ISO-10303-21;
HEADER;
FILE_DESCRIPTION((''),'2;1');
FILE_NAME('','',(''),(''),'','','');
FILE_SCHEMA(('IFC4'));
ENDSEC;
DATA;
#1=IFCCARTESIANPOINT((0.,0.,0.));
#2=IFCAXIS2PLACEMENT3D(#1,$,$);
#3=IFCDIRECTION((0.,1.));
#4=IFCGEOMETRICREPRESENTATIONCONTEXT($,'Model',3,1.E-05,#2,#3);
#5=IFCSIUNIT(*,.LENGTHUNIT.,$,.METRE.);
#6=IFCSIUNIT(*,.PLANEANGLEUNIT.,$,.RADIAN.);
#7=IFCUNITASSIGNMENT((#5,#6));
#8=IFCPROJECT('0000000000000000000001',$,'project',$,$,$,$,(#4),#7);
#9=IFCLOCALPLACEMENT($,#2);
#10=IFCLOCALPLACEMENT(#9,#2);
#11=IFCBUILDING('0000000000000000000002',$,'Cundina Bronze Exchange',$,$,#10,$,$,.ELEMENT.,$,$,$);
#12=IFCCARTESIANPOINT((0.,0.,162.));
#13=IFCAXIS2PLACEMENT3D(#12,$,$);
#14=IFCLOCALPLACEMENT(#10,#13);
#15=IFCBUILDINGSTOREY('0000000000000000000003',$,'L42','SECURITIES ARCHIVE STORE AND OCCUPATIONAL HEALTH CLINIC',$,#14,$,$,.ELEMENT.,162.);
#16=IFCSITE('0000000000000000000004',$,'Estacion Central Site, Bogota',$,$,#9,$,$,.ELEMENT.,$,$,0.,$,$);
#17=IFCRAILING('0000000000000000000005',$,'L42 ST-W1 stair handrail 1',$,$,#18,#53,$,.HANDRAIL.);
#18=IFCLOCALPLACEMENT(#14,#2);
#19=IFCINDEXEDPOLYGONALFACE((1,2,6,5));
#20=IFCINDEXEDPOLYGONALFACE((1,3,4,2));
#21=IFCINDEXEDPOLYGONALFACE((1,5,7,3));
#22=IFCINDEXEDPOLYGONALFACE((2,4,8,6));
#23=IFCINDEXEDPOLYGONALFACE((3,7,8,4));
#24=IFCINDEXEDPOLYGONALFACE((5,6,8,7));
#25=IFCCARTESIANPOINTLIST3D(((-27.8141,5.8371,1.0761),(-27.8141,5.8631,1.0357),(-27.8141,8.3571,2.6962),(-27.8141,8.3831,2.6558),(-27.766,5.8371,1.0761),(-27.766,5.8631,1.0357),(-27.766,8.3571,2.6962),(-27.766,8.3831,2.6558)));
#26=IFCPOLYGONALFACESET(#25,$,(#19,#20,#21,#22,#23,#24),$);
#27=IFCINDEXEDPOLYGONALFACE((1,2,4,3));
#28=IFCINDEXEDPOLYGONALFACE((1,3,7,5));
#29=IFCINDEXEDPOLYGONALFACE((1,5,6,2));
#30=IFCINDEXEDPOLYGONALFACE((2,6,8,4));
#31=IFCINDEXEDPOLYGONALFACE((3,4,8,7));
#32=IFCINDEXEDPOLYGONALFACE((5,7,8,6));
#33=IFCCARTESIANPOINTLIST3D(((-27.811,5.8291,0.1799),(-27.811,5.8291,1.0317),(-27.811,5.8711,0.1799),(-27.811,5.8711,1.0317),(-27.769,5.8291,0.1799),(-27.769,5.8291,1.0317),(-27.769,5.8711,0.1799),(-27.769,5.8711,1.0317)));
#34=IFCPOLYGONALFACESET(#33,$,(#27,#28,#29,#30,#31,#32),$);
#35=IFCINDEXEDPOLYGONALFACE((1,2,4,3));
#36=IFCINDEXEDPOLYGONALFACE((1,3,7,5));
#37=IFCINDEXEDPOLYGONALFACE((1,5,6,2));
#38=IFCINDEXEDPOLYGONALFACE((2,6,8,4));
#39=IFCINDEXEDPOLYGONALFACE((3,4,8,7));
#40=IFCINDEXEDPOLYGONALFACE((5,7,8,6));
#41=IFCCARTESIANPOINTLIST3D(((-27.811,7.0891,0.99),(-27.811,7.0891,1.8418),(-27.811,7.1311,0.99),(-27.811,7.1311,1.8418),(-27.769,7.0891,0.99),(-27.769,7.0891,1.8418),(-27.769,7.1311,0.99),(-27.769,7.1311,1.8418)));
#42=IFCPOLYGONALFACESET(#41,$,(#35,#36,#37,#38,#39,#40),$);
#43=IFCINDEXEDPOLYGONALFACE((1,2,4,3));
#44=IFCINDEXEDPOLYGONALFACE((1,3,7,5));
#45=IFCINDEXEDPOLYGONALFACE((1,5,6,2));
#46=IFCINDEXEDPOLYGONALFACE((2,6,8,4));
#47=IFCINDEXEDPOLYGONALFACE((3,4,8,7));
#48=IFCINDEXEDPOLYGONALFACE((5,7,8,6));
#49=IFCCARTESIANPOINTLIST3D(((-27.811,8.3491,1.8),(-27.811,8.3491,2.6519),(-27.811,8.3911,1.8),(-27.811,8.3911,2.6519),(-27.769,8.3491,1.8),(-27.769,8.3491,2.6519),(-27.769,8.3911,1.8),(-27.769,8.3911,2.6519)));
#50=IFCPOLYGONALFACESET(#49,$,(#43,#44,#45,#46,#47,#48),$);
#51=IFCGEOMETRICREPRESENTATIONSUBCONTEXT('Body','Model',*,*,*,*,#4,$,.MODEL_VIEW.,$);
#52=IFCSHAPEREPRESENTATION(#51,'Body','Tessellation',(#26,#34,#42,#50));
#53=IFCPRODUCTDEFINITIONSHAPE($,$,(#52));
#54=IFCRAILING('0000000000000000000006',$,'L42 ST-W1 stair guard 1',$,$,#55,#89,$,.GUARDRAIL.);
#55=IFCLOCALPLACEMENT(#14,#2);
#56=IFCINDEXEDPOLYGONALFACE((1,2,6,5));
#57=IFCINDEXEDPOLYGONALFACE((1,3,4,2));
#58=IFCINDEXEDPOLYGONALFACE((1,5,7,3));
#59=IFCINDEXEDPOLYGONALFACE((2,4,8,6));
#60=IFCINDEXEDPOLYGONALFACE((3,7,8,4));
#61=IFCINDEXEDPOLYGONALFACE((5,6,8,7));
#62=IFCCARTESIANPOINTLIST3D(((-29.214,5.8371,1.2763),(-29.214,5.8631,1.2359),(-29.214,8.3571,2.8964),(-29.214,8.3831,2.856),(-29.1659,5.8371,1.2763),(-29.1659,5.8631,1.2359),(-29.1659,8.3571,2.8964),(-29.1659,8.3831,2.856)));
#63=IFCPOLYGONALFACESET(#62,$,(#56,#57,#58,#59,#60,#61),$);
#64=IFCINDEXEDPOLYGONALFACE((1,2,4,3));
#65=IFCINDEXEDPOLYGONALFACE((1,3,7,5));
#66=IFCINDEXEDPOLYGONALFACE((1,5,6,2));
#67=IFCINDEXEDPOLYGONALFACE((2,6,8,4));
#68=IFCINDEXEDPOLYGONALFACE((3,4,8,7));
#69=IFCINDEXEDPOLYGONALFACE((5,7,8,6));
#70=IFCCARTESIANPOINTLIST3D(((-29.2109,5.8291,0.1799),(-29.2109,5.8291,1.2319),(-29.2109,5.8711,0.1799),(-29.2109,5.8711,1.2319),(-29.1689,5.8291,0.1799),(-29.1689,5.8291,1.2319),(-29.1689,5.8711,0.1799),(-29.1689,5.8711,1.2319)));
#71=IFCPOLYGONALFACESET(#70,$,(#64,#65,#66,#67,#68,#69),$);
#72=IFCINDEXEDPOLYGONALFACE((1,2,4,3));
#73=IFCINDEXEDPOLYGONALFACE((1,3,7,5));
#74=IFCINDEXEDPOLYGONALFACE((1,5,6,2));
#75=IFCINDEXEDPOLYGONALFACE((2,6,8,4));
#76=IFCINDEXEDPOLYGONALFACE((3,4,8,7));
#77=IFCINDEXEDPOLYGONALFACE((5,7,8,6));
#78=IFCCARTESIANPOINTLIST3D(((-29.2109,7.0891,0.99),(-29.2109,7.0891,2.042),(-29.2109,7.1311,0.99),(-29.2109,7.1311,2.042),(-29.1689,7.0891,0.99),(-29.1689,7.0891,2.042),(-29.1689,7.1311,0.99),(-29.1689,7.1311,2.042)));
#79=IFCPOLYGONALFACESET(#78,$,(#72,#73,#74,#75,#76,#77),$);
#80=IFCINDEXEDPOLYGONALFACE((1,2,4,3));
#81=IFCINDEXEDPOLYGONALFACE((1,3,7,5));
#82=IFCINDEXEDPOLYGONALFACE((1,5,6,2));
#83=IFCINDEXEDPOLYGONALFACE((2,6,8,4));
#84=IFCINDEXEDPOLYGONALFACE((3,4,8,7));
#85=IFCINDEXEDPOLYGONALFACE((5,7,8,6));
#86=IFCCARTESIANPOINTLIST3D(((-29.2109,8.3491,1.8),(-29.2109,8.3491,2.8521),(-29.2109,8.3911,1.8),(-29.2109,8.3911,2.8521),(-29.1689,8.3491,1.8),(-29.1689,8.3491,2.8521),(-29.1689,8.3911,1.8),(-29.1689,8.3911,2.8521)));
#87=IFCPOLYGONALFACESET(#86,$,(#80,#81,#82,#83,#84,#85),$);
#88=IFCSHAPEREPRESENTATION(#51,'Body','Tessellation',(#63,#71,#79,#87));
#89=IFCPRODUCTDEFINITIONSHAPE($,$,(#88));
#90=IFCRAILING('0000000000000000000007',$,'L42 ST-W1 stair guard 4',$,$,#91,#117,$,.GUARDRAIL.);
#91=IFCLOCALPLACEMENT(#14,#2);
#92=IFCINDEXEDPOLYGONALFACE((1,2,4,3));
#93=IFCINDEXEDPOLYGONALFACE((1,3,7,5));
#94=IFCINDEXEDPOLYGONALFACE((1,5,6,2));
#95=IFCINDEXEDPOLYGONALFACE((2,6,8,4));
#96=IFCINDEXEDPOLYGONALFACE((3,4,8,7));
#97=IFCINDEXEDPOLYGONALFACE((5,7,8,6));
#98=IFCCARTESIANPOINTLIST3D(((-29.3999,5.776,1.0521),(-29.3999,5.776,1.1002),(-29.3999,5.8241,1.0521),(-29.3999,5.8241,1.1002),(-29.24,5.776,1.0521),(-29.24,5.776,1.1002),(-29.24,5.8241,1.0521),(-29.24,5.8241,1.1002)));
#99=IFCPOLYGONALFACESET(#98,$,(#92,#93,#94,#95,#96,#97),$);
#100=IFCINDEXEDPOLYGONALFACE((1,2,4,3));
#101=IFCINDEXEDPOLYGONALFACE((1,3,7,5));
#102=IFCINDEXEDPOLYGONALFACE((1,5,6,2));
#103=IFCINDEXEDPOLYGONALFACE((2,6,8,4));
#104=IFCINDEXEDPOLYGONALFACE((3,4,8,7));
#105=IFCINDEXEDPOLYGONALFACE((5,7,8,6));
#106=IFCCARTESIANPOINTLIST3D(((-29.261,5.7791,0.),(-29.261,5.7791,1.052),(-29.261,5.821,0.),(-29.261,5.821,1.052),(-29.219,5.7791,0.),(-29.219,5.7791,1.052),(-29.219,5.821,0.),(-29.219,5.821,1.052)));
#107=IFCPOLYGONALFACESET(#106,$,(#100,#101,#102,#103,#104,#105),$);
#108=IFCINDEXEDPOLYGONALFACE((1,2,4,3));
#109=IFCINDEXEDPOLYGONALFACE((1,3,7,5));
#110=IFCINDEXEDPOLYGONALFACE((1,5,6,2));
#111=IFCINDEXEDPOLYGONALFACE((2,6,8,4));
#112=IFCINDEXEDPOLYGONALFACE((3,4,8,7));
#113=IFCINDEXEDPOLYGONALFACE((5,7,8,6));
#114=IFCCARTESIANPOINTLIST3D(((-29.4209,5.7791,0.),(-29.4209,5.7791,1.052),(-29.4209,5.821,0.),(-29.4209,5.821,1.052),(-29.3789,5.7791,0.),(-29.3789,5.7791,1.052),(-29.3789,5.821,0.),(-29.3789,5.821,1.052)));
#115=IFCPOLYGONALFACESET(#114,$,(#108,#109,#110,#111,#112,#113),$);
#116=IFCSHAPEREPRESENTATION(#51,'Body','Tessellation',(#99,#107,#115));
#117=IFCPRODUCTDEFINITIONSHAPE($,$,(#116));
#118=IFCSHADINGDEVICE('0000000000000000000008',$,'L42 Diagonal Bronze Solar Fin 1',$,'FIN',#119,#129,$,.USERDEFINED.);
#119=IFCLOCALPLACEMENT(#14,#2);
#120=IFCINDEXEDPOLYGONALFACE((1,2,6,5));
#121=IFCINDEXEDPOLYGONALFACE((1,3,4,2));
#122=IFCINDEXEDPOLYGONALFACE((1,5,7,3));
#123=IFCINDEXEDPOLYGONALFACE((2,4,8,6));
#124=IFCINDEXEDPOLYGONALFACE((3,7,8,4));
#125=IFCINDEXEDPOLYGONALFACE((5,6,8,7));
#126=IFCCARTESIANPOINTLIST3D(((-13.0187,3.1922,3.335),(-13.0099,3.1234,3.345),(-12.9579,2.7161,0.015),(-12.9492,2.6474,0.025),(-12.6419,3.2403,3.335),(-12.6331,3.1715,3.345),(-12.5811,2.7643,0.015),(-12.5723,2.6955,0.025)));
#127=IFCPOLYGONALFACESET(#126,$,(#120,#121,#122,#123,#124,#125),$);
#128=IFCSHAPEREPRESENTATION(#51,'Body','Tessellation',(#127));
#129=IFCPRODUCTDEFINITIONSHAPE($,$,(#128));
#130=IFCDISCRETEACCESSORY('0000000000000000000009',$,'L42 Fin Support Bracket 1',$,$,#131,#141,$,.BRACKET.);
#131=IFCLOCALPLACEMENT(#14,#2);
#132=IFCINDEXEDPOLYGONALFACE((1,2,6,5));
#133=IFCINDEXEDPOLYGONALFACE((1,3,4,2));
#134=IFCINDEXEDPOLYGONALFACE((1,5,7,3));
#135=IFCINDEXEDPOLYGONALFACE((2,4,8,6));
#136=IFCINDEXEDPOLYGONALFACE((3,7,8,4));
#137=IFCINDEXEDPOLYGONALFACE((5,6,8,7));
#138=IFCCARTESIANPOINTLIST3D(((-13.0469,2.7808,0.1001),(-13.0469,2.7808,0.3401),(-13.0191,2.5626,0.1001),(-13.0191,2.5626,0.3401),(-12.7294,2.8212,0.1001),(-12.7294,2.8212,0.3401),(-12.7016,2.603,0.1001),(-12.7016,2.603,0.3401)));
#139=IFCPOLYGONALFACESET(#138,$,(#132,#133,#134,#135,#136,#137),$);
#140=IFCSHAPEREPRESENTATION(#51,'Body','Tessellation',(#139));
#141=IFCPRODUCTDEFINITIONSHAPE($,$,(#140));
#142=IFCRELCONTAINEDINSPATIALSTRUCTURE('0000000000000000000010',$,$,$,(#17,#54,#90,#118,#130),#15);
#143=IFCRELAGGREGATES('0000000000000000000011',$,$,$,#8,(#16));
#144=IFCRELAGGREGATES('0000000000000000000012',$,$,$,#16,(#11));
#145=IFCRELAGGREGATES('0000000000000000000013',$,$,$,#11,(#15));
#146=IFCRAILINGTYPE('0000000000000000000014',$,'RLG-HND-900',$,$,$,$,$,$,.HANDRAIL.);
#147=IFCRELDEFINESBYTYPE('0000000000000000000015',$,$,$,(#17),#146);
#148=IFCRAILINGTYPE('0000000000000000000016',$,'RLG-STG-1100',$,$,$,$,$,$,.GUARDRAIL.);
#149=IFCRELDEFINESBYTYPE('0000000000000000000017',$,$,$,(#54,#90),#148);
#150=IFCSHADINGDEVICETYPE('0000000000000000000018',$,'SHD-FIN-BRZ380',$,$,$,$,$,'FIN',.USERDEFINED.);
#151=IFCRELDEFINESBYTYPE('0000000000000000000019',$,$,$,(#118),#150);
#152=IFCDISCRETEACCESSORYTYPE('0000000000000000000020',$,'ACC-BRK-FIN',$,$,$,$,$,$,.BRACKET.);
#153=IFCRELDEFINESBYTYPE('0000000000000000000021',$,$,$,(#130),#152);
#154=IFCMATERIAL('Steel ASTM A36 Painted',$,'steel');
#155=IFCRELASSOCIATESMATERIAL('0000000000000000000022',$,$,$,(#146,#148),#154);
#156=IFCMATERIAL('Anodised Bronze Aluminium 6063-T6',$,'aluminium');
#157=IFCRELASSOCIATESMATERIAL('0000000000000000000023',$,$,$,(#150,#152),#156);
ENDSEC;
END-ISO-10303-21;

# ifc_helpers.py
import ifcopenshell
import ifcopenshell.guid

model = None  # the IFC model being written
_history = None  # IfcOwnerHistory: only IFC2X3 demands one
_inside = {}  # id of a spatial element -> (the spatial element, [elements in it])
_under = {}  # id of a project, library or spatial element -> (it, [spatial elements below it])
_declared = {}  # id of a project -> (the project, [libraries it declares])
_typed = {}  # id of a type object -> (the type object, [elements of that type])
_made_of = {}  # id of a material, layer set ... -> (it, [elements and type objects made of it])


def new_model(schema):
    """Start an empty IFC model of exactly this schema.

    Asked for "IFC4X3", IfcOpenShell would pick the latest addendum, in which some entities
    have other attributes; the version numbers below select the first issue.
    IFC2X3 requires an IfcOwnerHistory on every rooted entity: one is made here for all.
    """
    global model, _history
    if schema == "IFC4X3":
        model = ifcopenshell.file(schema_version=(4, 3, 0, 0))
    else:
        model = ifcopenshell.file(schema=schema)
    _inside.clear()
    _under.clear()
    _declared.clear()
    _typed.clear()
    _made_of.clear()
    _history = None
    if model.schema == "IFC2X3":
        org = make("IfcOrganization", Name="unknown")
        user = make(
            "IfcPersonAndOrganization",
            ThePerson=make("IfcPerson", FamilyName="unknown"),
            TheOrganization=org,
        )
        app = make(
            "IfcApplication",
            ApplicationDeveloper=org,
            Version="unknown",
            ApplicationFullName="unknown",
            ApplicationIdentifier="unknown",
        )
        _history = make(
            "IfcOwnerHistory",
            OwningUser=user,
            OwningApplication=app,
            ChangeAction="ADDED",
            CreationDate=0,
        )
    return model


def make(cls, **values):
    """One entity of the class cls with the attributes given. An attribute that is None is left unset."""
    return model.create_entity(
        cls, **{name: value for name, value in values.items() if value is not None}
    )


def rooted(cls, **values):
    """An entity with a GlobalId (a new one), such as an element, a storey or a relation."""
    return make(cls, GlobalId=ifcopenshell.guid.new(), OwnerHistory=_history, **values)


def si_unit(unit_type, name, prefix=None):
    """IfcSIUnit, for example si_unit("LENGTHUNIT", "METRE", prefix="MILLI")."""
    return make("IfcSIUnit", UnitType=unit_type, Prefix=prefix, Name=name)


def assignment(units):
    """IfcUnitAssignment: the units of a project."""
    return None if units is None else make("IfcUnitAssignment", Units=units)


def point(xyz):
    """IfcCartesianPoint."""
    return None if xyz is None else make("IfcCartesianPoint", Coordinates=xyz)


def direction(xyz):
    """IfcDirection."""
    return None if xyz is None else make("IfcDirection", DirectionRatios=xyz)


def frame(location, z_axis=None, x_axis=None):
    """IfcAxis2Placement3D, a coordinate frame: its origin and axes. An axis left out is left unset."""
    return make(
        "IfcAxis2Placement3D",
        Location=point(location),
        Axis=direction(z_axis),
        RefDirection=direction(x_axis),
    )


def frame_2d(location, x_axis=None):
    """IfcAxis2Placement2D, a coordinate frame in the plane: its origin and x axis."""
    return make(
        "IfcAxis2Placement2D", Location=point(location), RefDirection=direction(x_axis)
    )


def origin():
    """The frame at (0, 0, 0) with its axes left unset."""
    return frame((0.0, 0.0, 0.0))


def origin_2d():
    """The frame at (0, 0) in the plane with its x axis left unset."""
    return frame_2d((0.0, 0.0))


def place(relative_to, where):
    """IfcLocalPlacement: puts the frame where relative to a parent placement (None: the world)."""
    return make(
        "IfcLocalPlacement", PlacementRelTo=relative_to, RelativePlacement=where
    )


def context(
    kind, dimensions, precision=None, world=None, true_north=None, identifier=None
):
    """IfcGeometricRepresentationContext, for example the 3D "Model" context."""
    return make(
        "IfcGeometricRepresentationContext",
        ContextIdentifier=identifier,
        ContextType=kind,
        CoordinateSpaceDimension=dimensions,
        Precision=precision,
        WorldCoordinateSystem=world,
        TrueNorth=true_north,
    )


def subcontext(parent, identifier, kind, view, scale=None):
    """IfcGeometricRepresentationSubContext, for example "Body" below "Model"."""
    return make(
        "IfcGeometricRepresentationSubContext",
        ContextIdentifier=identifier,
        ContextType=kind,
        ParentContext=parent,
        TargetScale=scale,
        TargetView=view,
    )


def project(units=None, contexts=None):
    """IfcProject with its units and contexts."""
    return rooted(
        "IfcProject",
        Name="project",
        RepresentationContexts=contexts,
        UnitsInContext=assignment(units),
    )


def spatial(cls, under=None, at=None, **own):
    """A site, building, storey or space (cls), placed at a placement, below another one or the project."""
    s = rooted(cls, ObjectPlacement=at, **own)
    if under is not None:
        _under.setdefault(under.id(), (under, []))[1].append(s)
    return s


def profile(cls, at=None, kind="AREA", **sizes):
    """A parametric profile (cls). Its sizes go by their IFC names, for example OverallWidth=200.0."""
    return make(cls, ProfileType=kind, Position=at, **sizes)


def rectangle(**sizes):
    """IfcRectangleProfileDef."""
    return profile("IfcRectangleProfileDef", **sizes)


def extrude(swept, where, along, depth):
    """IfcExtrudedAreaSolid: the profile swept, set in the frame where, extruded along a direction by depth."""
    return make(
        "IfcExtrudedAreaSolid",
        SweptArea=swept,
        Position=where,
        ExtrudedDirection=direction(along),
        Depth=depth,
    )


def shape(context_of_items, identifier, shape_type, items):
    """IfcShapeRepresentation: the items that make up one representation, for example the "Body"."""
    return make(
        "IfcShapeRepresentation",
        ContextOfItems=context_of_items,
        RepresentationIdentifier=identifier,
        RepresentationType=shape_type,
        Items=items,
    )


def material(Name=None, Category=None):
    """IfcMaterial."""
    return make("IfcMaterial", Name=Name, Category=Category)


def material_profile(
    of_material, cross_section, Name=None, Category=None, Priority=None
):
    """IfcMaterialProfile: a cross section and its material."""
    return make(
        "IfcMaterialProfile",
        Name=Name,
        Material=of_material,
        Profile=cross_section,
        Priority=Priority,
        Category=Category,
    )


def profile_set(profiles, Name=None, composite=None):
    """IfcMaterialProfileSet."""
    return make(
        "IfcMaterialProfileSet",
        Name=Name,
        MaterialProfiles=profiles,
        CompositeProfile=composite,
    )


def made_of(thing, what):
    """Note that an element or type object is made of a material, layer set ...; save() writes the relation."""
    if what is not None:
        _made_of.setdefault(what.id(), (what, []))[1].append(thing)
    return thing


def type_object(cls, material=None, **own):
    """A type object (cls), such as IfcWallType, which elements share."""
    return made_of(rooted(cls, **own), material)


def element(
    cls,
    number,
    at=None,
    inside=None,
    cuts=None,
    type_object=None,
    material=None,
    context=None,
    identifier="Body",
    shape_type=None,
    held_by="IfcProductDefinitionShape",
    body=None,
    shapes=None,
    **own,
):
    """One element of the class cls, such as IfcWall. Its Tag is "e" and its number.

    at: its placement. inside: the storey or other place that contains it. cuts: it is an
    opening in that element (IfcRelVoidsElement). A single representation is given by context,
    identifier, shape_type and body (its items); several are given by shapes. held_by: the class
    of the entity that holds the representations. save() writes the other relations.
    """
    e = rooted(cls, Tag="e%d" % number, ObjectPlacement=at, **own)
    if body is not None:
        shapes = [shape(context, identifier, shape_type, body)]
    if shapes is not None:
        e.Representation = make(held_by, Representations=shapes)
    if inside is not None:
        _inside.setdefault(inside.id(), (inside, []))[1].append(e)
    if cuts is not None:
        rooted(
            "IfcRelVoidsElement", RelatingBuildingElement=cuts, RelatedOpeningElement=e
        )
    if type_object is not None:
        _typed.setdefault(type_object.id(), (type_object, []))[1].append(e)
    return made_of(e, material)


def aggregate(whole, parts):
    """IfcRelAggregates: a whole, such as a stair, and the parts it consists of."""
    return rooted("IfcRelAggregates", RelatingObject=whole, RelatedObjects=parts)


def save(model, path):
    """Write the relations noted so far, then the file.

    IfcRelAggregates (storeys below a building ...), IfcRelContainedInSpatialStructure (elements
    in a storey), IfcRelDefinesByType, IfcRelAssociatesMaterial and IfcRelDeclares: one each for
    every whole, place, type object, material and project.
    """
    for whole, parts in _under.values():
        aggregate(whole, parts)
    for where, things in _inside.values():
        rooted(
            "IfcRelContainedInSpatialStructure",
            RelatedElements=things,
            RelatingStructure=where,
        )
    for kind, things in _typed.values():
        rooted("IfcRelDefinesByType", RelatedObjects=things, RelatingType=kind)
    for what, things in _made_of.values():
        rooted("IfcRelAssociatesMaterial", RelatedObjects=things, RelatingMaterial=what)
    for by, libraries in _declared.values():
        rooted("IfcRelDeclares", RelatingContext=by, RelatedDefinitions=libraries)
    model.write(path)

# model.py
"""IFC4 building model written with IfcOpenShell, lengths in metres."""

from ifc_helpers import new_model, si_unit, direction, frame, origin, origin_2d, place, context, subcontext, project, spatial, rectangle, extrude, material, material_profile, profile_set, type_object, element, save


model = new_model("IFC4")

# Units and contexts
model_context = context("Model", 3, precision=1e-05, world=origin(), true_north=direction((0.0, 1.0)))
body_context = subcontext(model_context, "Body", "Model", "MODEL_VIEW")
ifc_project = project(units=[si_unit("LENGTHUNIT", "METRE"), si_unit("PLANEANGLEUNIT", "RADIAN")], contexts=[model_context])

# Site, building, storey
site_placement = place(None, origin())
site = spatial("IfcSite", under=ifc_project, at=site_placement, Name="Estacion Central Site, Bogota", CompositionType="ELEMENT", RefElevation=0.0)
building_placement = place(site_placement, origin())
building = spatial("IfcBuilding", under=site, at=building_placement, Name="Cundina Bronze Exchange", CompositionType="ELEMENT")
storey_placement = place(building_placement, frame((0.0, 0.0, 162.0)))
storey = spatial("IfcBuildingStorey", under=building, at=storey_placement, Name="L42", Description="SECURITIES ARCHIVE STORE AND OCCUPATIONAL HEALTH CLINIC", CompositionType="ELEMENT", Elevation=162.0)

# Shared definitions
ifc_material_1 = material(Name="Anodised Bronze Aluminium 6063-T6", Category="aluminium")

# Shared definitions
ifc_material_2 = material(Name="Steel ASTM A36 Painted", Category="steel")

# Railings
railing_type_1 = type_object("IfcRailingType", Name="RLG-HND-900", PredefinedType="HANDRAIL", material=ifc_material_2)
railing_1_placement = place(storey_placement, frame((-27.79, 5.8501, 0.1799)))
element("IfcRailing", 1, at=railing_1_placement, inside=storey, type_object=railing_type_1, Name="L42 ST-W1 stair handrail 1", PredefinedType="HANDRAIL", context=body_context, shape_type="SweptSolid", body=[
    extrude(rectangle(XDim=0.0481, YDim=0.0481, at=origin_2d()), frame((0.0, 0.0, 0.876), z_axis=(0.0, 0.841163, 0.540782), x_axis=(-1.0, 0.0, 0.0)), (0.0, 0.0, 1.0), 2.9958),
    extrude(rectangle(XDim=0.042, YDim=0.042, at=origin_2d()), origin(), (0.0, 0.0, 1.0), 0.8518),
    extrude(rectangle(XDim=0.042, YDim=0.042, at=origin_2d()), frame((0.0, 1.26, 0.8101)), (0.0, 0.0, 1.0), 0.8518),
    extrude(rectangle(XDim=0.042, YDim=0.042, at=origin_2d()), frame((0.0, 2.52, 1.6201)), (0.0, 0.0, 1.0), 0.8518),
])
railing_type_2 = type_object("IfcRailingType", Name="RLG-STG-1100", PredefinedType="GUARDRAIL", material=ifc_material_2)
railing_2_placement = place(storey_placement, frame((-29.1899, 5.8501, 0.1799)))
element("IfcRailing", 2, at=railing_2_placement, inside=storey, type_object=railing_type_2, Name="L42 ST-W1 stair guard 1", PredefinedType="GUARDRAIL", context=body_context, shape_type="SweptSolid", body=[
    extrude(rectangle(XDim=0.0481, YDim=0.0481, at=origin_2d()), frame((0.0, 0.0, 1.0762), z_axis=(0.0, 0.841163, 0.540782), x_axis=(-1.0, 0.0, 0.0)), (0.0, 0.0, 1.0), 2.9958),
    extrude(rectangle(XDim=0.042, YDim=0.042, at=origin_2d()), origin(), (0.0, 0.0, 1.0), 1.052),
    extrude(rectangle(XDim=0.042, YDim=0.042, at=origin_2d()), frame((0.0, 1.26, 0.8101)), (0.0, 0.0, 1.0), 1.052),
    extrude(rectangle(XDim=0.042, YDim=0.042, at=origin_2d()), frame((0.0, 2.52, 1.6201)), (0.0, 0.0, 1.0), 1.052),
])
railing_3_placement = place(storey_placement, frame((-29.24, 5.8, 0.0)))
element("IfcRailing", 3, at=railing_3_placement, inside=storey, type_object=railing_type_2, Name="L42 ST-W1 stair guard 4", PredefinedType="GUARDRAIL", context=body_context, shape_type="SweptSolid", body=[
    extrude(rectangle(XDim=0.0481, YDim=0.0481, at=origin_2d()), frame((0.0, 0.0, 1.0762), z_axis=(-1.0, 0.0, 0.0), x_axis=(0.0, -1.0, 0.0)), (0.0, 0.0, 1.0), 0.1599),
    extrude(rectangle(XDim=0.042, YDim=0.042, at=origin_2d()), origin(), (0.0, 0.0, 1.0), 1.052),
    extrude(rectangle(XDim=0.042, YDim=0.042, at=origin_2d()), frame((-0.1599, 0.0, 0.0)), (0.0, 0.0, 1.0), 1.052),
])

# Shading device
ifc_material_profile_1 = material_profile(ifc_material_1, rectangle(XDim=0.0701, YDim=0.3799, at=origin_2d()), Name="FIN70X380", Category="aluminium")
ifc_profile_set_1 = profile_set([ifc_material_profile_1], Name="Anodised Bronze Aluminium 6063-T6")
shading_device_type = type_object("IfcShadingDeviceType", Name="SHD-FIN-BRZ380", ElementType="FIN", PredefinedType="USERDEFINED", material=ifc_profile_set_1)
shading_device_placement = place(storey_placement, frame((-12.7651, 2.7058, 0.02), z_axis=(-0.018122, 0.141918, 0.989713), x_axis=(0.125361, -0.981741, 0.14307)))
element("IfcShadingDevice", 4, at=shading_device_placement, inside=storey, type_object=shading_device_type, Name="L42 Diagonal Bronze Solar Fin 1", ObjectType="FIN", PredefinedType="USERDEFINED", context=body_context, shape_type="SweptSolid", body=[
    extrude(rectangle(XDim=0.0701, YDim=0.3799, at=origin_2d()), origin(), (0.0, 0.0, 1.0), 3.3545),
])

# Discrete accessory
discrete_accessory_type = type_object("IfcDiscreteAccessoryType", Name="ACC-BRK-FIN", PredefinedType="BRACKET", material=ifc_material_1)
discrete_accessory_placement = place(storey_placement, frame((-12.8743, 2.6919, 0.1001), z_axis=(0.0, 0.0, 1.0), x_axis=(-0.126476, 0.99197, 0.0)))
element("IfcDiscreteAccessory", 5, at=discrete_accessory_placement, inside=storey, type_object=discrete_accessory_type, Name="L42 Fin Support Bracket 1", PredefinedType="BRACKET", context=body_context, shape_type="SweptSolid", body=[
    extrude(rectangle(XDim=0.22, YDim=0.3201, at=origin_2d()), origin(), (0.0, 0.0, 1.0), 0.24),
])

save(model, "model.ifc")
